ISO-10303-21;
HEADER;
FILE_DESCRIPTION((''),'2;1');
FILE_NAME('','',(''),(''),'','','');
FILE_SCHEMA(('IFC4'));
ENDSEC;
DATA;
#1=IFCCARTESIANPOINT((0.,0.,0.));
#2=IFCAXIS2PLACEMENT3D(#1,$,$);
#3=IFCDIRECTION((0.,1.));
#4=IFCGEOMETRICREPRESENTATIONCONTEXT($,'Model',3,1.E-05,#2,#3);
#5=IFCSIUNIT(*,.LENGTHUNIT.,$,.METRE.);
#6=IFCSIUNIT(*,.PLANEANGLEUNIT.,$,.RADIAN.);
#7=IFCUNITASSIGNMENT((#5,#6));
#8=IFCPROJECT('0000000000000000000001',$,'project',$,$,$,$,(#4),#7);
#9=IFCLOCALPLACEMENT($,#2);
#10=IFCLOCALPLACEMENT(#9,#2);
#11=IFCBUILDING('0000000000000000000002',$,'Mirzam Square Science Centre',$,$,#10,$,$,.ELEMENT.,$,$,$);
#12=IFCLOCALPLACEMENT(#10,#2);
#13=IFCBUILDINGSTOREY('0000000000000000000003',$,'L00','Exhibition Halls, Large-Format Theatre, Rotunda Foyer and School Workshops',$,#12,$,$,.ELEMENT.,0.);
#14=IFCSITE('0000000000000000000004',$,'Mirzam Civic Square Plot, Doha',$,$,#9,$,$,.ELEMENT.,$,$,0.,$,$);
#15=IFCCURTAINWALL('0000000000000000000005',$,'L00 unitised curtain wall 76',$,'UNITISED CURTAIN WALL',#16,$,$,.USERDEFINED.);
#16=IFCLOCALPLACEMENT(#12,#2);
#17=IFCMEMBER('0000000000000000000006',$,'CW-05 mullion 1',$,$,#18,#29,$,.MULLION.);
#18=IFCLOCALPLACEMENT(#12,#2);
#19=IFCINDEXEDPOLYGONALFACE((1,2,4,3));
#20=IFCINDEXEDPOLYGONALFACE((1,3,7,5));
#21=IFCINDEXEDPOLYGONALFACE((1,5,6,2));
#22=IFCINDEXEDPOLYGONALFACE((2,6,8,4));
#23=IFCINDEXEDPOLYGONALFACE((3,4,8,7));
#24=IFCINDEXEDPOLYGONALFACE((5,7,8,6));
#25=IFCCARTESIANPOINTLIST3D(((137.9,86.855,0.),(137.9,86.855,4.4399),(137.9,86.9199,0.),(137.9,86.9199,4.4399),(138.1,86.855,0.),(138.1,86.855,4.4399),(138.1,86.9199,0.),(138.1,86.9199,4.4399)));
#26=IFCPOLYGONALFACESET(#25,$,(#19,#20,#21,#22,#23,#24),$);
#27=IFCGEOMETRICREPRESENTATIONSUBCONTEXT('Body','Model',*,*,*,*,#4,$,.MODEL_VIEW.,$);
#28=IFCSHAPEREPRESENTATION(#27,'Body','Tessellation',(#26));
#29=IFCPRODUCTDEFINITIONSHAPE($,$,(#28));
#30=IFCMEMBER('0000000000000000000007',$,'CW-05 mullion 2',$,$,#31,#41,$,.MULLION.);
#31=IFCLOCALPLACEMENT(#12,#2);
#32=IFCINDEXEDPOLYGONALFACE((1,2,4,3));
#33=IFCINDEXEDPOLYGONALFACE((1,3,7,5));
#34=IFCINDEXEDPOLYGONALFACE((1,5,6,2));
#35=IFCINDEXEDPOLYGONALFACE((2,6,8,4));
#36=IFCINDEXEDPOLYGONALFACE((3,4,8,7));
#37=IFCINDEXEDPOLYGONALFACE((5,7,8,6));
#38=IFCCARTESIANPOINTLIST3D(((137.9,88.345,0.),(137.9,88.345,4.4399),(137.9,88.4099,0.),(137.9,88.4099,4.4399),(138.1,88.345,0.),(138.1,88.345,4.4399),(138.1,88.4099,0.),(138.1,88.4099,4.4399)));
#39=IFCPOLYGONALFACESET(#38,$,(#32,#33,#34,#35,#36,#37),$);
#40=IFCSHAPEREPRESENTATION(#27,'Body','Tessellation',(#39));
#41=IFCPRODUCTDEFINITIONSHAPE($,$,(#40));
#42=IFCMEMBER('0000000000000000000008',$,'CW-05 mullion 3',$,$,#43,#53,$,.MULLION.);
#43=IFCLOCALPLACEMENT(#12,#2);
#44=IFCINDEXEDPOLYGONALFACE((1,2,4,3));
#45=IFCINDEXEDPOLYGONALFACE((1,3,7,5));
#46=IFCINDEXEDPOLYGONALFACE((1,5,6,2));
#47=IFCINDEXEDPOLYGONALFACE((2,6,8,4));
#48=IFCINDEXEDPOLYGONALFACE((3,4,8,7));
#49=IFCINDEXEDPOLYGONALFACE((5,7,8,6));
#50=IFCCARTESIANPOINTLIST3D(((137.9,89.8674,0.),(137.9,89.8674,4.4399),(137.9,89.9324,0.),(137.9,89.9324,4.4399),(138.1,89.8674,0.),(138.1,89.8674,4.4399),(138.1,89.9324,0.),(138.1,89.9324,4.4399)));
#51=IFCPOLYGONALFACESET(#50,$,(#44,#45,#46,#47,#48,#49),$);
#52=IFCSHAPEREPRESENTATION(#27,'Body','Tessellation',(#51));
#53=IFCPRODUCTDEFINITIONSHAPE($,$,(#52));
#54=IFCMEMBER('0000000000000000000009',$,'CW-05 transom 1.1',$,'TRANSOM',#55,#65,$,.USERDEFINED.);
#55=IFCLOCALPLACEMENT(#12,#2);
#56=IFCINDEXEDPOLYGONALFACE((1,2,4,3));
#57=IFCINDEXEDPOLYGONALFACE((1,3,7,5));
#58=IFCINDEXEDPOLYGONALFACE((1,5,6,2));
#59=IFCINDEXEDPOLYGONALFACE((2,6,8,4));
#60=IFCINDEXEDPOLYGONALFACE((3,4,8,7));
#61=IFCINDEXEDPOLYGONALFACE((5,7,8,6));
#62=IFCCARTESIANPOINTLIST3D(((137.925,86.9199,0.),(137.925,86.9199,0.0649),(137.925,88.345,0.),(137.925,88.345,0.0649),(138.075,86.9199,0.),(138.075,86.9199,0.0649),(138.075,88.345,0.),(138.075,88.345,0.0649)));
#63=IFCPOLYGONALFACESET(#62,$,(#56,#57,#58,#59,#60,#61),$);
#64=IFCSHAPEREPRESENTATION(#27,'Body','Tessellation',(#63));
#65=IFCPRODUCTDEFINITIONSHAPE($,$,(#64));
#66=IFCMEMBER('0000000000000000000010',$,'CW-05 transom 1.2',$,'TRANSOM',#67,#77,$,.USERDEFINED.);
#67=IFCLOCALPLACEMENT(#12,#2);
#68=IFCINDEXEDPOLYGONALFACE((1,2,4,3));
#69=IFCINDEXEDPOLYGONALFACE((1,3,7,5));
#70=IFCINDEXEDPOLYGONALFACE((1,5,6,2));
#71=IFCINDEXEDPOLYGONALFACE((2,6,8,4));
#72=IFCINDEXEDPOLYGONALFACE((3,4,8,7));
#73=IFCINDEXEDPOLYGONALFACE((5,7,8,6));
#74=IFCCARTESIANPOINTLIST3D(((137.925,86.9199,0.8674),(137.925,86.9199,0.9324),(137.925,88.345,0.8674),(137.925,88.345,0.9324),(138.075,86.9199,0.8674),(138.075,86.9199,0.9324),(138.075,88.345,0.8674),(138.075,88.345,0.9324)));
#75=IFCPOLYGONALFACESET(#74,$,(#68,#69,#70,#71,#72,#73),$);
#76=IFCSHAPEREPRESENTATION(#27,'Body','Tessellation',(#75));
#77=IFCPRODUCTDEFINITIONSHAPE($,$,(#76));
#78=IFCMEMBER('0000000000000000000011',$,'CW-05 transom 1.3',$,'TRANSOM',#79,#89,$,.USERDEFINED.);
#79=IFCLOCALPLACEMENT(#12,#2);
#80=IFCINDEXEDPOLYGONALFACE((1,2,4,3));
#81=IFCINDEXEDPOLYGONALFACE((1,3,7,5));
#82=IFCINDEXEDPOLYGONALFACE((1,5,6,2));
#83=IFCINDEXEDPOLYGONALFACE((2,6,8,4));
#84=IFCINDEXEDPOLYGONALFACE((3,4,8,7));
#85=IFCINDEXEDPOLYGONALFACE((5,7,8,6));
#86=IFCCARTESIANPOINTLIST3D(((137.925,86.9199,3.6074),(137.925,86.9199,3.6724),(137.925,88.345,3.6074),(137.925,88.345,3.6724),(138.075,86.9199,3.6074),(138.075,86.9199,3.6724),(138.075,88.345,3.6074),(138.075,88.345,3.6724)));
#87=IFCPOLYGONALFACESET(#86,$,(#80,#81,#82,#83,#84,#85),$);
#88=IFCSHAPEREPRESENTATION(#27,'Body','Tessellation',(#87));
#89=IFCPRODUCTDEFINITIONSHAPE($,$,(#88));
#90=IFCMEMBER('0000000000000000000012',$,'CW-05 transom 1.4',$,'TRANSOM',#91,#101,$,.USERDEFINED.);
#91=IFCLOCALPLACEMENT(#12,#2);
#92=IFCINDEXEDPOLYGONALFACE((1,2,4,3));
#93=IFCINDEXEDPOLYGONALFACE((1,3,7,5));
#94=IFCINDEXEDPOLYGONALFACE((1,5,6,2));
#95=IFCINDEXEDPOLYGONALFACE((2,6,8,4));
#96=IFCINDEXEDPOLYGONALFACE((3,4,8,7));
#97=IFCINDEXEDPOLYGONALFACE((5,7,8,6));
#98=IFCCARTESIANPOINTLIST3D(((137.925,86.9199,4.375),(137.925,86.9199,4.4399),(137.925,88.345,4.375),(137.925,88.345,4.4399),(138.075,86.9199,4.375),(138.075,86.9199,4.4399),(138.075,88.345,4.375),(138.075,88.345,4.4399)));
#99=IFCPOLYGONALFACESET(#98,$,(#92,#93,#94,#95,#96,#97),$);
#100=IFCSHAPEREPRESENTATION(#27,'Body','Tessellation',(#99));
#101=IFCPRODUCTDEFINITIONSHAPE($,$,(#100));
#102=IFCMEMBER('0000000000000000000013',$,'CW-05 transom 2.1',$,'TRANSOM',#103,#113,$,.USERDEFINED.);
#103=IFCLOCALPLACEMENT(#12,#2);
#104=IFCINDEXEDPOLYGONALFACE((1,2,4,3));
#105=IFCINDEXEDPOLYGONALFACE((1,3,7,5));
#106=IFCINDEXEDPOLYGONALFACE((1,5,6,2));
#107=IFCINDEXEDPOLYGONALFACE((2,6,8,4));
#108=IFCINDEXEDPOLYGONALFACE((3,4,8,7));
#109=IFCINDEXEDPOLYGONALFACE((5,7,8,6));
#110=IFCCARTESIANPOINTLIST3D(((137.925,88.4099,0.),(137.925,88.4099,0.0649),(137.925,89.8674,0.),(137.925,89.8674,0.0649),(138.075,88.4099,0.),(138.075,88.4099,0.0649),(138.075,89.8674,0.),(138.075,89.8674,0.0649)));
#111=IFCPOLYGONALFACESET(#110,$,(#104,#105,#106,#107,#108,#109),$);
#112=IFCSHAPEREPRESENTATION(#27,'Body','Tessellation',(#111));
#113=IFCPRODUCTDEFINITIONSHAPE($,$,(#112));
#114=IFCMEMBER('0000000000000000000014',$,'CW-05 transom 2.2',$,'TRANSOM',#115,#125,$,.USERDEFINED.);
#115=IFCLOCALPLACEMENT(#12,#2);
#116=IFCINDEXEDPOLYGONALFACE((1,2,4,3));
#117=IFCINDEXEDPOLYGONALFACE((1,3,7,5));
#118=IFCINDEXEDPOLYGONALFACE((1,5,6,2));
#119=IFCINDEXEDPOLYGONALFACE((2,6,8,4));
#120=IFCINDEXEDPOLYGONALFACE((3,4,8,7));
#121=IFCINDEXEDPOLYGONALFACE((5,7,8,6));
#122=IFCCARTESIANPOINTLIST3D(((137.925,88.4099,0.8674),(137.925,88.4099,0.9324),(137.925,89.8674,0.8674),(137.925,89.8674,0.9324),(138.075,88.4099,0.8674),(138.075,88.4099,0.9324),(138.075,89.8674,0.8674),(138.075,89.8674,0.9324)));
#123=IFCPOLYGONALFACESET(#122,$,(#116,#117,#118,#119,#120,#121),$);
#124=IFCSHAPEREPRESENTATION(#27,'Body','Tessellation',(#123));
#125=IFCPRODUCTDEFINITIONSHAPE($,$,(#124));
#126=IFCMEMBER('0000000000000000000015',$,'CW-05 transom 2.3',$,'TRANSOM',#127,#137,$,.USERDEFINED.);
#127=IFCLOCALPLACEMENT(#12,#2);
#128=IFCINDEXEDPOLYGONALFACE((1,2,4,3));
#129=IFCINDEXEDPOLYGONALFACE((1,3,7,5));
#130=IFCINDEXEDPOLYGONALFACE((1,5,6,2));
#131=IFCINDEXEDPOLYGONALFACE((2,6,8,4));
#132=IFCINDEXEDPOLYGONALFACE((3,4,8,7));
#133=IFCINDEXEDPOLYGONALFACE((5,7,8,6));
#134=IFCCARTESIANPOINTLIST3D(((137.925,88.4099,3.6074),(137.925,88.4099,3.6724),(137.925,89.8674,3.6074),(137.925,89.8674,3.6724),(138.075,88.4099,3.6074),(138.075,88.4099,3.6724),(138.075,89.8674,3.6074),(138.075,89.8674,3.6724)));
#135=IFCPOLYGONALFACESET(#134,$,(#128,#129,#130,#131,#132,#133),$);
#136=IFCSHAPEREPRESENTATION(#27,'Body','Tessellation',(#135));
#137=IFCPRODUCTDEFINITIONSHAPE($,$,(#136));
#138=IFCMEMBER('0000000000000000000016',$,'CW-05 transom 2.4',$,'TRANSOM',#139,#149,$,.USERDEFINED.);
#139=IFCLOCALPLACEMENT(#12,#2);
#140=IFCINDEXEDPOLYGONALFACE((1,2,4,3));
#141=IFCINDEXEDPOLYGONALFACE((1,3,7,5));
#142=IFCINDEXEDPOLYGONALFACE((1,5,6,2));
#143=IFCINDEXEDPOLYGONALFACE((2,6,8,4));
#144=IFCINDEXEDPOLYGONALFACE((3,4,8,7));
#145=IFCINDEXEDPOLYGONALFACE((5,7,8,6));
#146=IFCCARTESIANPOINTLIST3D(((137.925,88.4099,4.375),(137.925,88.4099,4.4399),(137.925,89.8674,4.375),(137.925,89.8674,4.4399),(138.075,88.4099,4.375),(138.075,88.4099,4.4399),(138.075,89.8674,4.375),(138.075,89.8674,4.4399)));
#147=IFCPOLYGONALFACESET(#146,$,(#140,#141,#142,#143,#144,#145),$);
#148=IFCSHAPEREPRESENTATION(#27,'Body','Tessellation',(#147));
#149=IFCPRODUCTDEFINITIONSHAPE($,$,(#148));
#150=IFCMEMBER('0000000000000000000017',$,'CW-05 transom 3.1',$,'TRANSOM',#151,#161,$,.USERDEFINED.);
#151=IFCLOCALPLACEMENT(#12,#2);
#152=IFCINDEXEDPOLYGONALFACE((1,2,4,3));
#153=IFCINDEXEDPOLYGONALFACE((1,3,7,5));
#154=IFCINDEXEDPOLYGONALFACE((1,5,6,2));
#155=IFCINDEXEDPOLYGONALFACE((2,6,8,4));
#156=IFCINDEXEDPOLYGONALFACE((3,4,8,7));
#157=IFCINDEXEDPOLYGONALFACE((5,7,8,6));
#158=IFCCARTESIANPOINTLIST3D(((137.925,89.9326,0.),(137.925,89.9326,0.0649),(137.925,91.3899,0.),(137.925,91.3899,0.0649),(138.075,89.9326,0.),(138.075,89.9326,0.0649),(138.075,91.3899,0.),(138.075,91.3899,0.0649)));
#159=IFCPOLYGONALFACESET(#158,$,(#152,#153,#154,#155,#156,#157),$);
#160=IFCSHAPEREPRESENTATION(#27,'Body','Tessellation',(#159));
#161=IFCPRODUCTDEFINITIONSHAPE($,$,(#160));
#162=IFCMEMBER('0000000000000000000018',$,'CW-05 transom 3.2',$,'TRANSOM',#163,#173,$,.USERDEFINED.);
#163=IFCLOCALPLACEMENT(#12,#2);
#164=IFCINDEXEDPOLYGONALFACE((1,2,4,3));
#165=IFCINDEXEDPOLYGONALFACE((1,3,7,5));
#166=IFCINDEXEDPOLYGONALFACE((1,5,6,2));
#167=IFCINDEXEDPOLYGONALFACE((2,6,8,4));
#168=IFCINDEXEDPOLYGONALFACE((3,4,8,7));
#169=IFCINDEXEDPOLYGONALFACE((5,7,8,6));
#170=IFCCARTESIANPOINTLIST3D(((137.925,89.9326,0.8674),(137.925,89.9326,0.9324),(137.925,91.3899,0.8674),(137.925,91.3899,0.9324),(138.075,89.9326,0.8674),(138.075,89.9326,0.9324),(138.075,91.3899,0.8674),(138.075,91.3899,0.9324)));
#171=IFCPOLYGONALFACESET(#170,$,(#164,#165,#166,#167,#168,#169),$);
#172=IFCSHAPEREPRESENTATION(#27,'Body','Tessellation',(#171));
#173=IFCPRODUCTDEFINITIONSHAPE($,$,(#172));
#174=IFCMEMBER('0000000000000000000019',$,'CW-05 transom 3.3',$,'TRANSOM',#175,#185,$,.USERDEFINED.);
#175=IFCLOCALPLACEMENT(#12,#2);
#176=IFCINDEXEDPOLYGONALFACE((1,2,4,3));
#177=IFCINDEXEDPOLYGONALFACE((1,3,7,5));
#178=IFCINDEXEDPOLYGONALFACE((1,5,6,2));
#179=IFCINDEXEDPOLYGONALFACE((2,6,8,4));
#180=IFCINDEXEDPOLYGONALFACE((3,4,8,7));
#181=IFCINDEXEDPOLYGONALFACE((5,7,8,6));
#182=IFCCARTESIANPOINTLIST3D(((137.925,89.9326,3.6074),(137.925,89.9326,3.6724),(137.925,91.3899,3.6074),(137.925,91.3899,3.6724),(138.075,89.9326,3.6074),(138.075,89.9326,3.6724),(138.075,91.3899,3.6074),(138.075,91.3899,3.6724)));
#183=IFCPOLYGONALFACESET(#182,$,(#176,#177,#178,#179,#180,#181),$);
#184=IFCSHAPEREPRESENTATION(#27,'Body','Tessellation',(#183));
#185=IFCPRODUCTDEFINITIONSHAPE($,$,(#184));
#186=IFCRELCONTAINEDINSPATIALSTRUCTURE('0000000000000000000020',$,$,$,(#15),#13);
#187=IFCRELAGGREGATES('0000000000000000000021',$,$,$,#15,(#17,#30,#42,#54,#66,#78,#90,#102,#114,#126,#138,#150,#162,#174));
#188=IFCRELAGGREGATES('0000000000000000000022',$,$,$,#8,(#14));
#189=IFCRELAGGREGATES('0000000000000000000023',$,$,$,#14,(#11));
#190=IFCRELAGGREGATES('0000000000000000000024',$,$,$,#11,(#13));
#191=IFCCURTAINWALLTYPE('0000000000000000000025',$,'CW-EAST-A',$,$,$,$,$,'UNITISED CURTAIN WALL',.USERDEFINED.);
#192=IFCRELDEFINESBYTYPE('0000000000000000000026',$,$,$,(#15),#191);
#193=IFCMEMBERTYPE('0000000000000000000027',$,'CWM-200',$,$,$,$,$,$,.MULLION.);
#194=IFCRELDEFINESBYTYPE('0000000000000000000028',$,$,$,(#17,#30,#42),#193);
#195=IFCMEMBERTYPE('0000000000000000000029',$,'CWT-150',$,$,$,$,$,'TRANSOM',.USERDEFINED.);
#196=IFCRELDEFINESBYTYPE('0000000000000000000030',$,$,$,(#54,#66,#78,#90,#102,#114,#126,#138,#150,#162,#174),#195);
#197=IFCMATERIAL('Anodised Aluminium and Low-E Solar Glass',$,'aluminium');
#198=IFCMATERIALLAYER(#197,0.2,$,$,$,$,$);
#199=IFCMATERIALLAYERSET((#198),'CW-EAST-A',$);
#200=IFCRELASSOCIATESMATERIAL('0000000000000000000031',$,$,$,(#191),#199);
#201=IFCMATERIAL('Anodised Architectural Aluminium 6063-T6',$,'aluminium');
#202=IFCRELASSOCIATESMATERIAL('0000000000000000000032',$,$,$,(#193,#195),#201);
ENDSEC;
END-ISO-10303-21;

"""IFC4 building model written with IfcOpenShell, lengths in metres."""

from ifc_helpers import new_model, si_unit, direction, frame, origin, origin_2d, place, context, subcontext, project, spatial, rectangle, extrude, material, layer, layer_set, material_profile, profile_set, type_object, element, aggregate, save


model = new_model("IFC4")

# Units and contexts
model_context = context("Model", 3, precision=1e-05, world=origin(), true_north=direction((0.0, 1.0)))
body_context = subcontext(model_context, "Body", "Model", "MODEL_VIEW")
ifc_project = project(units=[si_unit("LENGTHUNIT", "METRE"), si_unit("PLANEANGLEUNIT", "RADIAN")], contexts=[model_context])

# Site, building, storey
site_placement = place(None, origin())
site = spatial("IfcSite", under=ifc_project, at=site_placement, Name="Mirzam Civic Square Plot, Doha", CompositionType="ELEMENT", RefElevation=0.0)
building_placement = place(site_placement, origin())
building = spatial("IfcBuilding", under=site, at=building_placement, Name="Mirzam Square Science Centre", CompositionType="ELEMENT")
storey_placement = place(building_placement, origin())
storey = spatial("IfcBuildingStorey", under=building, at=storey_placement, Name="L00", Description="Exhibition Halls, Large-Format Theatre, Rotunda Foyer and School Workshops", CompositionType="ELEMENT", Elevation=0.0)

# Curtain wall, members
ifc_material_1 = material(Name="Anodised Aluminium and Low-E Solar Glass", Category="aluminium")
ifc_layer_1 = layer(ifc_material_1, 0.2)
ifc_layer_set_1 = layer_set([ifc_layer_1], Name="CW-EAST-A")
curtain_wall_type = type_object("IfcCurtainWallType", Name="CW-EAST-A", ElementType="UNITISED CURTAIN WALL", PredefinedType="USERDEFINED", material=ifc_layer_set_1)
curtain_wall_placement = place(storey_placement, origin())
curtain_wall = element("IfcCurtainWall", 1, at=curtain_wall_placement, inside=storey, type_object=curtain_wall_type, Name="L00 unitised curtain wall 76", ObjectType="UNITISED CURTAIN WALL", PredefinedType="USERDEFINED")
ifc_material_2 = material(Name="Anodised Architectural Aluminium 6063-T6", Category="aluminium")
ifc_material_profile_1 = material_profile(ifc_material_2, rectangle(XDim=0.0649, YDim=0.2, at=origin_2d()), Name="ALU-MULL-200x65x5")
ifc_profile_set_1 = profile_set([ifc_material_profile_1], Name="Anodised Architectural Aluminium 6063-T6")
member_type_1 = type_object("IfcMemberType", Name="CWM-200", PredefinedType="MULLION", material=ifc_profile_set_1)
member_1_placement = place(storey_placement, frame((138.0, 86.8875, 0.0), z_axis=(0.0, 0.0, 1.0), x_axis=(0.0, 1.0, 0.0)))
member_1 = element("IfcMember", 2, at=member_1_placement, type_object=member_type_1, Name="CW-05 mullion 1", PredefinedType="MULLION", context=body_context, shape_type="SweptSolid", body=[
    extrude(rectangle(XDim=0.0649, YDim=0.2, at=origin_2d()), origin(), (0.0, 0.0, 1.0), 4.4399),
])
member_2_placement = place(storey_placement, frame((138.0, 88.3774, 0.0), z_axis=(0.0, 0.0, 1.0), x_axis=(0.0, 1.0, 0.0)))
member_2 = element("IfcMember", 3, at=member_2_placement, type_object=member_type_1, Name="CW-05 mullion 2", PredefinedType="MULLION", context=body_context, shape_type="SweptSolid", body=[
    extrude(rectangle(XDim=0.0649, YDim=0.2, at=origin_2d()), origin(), (0.0, 0.0, 1.0), 4.4399),
])
member_3_placement = place(storey_placement, frame((138.0, 89.8999, 0.0), z_axis=(0.0, 0.0, 1.0), x_axis=(0.0, 1.0, 0.0)))
member_3 = element("IfcMember", 4, at=member_3_placement, type_object=member_type_1, Name="CW-05 mullion 3", PredefinedType="MULLION", context=body_context, shape_type="SweptSolid", body=[
    extrude(rectangle(XDim=0.0649, YDim=0.2, at=origin_2d()), origin(), (0.0, 0.0, 1.0), 4.4399),
])
ifc_material_profile_2 = material_profile(ifc_material_2, rectangle(XDim=0.1499, YDim=0.0649, at=origin_2d()), Name="ALU-TRAN-150x65x4")
ifc_profile_set_2 = profile_set([ifc_material_profile_2], Name="Anodised Architectural Aluminium 6063-T6")
member_type_2 = type_object("IfcMemberType", Name="CWT-150", ElementType="TRANSOM", PredefinedType="USERDEFINED", material=ifc_profile_set_2)
member_4_placement = place(storey_placement, frame((138.0, 86.9199, 0.0325), z_axis=(0.0, 1.0, 0.0), x_axis=(-1.0, 0.0, 0.0)))
member_4 = element("IfcMember", 5, at=member_4_placement, type_object=member_type_2, Name="CW-05 transom 1.1", ObjectType="TRANSOM", PredefinedType="USERDEFINED", context=body_context, shape_type="SweptSolid", body=[
    extrude(rectangle(XDim=0.1499, YDim=0.0649, at=origin_2d()), origin(), (0.0, 0.0, 1.0), 1.425),
])
member_5_placement = place(storey_placement, frame((138.0, 86.9199, 0.8999), z_axis=(0.0, 1.0, 0.0), x_axis=(-1.0, 0.0, 0.0)))
member_5 = element("IfcMember", 6, at=member_5_placement, type_object=member_type_2, Name="CW-05 transom 1.2", ObjectType="TRANSOM", PredefinedType="USERDEFINED", context=body_context, shape_type="SweptSolid", body=[
    extrude(rectangle(XDim=0.1499, YDim=0.0649, at=origin_2d()), origin(), (0.0, 0.0, 1.0), 1.425),
])
member_6_placement = place(storey_placement, frame((138.0, 86.9199, 3.6399), z_axis=(0.0, 1.0, 0.0), x_axis=(-1.0, 0.0, 0.0)))
member_6 = element("IfcMember", 7, at=member_6_placement, type_object=member_type_2, Name="CW-05 transom 1.3", ObjectType="TRANSOM", PredefinedType="USERDEFINED", context=body_context, shape_type="SweptSolid", body=[
    extrude(rectangle(XDim=0.1499, YDim=0.0649, at=origin_2d()), origin(), (0.0, 0.0, 1.0), 1.425),
])
member_7_placement = place(storey_placement, frame((138.0, 86.9199, 4.4075), z_axis=(0.0, 1.0, 0.0), x_axis=(-1.0, 0.0, 0.0)))
member_7 = element("IfcMember", 8, at=member_7_placement, type_object=member_type_2, Name="CW-05 transom 1.4", ObjectType="TRANSOM", PredefinedType="USERDEFINED", context=body_context, shape_type="SweptSolid", body=[
    extrude(rectangle(XDim=0.1499, YDim=0.0649, at=origin_2d()), origin(), (0.0, 0.0, 1.0), 1.425),
])
member_8_placement = place(storey_placement, frame((138.0, 88.4099, 0.0325), z_axis=(0.0, 1.0, 0.0), x_axis=(-1.0, 0.0, 0.0)))
member_8 = element("IfcMember", 9, at=member_8_placement, type_object=member_type_2, Name="CW-05 transom 2.1", ObjectType="TRANSOM", PredefinedType="USERDEFINED", context=body_context, shape_type="SweptSolid", body=[
    extrude(rectangle(XDim=0.1499, YDim=0.0649, at=origin_2d()), origin(), (0.0, 0.0, 1.0), 1.4575),
])
member_9_placement = place(storey_placement, frame((138.0, 88.4099, 0.8999), z_axis=(0.0, 1.0, 0.0), x_axis=(-1.0, 0.0, 0.0)))
member_9 = element("IfcMember", 10, at=member_9_placement, type_object=member_type_2, Name="CW-05 transom 2.2", ObjectType="TRANSOM", PredefinedType="USERDEFINED", context=body_context, shape_type="SweptSolid", body=[
    extrude(rectangle(XDim=0.1499, YDim=0.0649, at=origin_2d()), origin(), (0.0, 0.0, 1.0), 1.4575),
])
member_10_placement = place(storey_placement, frame((138.0, 88.4099, 3.6399), z_axis=(0.0, 1.0, 0.0), x_axis=(-1.0, 0.0, 0.0)))
member_10 = element("IfcMember", 11, at=member_10_placement, type_object=member_type_2, Name="CW-05 transom 2.3", ObjectType="TRANSOM", PredefinedType="USERDEFINED", context=body_context, shape_type="SweptSolid", body=[
    extrude(rectangle(XDim=0.1499, YDim=0.0649, at=origin_2d()), origin(), (0.0, 0.0, 1.0), 1.4575),
])
member_11_placement = place(storey_placement, frame((138.0, 88.4099, 4.4075), z_axis=(0.0, 1.0, 0.0), x_axis=(-1.0, 0.0, 0.0)))
member_11 = element("IfcMember", 12, at=member_11_placement, type_object=member_type_2, Name="CW-05 transom 2.4", ObjectType="TRANSOM", PredefinedType="USERDEFINED", context=body_context, shape_type="SweptSolid", body=[
    extrude(rectangle(XDim=0.1499, YDim=0.0649, at=origin_2d()), origin(), (0.0, 0.0, 1.0), 1.4575),
])
member_12_placement = place(storey_placement, frame((138.0, 89.9326, 0.0325), z_axis=(0.0, 1.0, 0.0), x_axis=(-1.0, 0.0, 0.0)))
member_12 = element("IfcMember", 13, at=member_12_placement, type_object=member_type_2, Name="CW-05 transom 3.1", ObjectType="TRANSOM", PredefinedType="USERDEFINED", context=body_context, shape_type="SweptSolid", body=[
    extrude(rectangle(XDim=0.1499, YDim=0.0649, at=origin_2d()), origin(), (0.0, 0.0, 1.0), 1.4573),
])
member_13_placement = place(storey_placement, frame((138.0, 89.9326, 0.8999), z_axis=(0.0, 1.0, 0.0), x_axis=(-1.0, 0.0, 0.0)))
member_13 = element("IfcMember", 14, at=member_13_placement, type_object=member_type_2, Name="CW-05 transom 3.2", ObjectType="TRANSOM", PredefinedType="USERDEFINED", context=body_context, shape_type="SweptSolid", body=[
    extrude(rectangle(XDim=0.1499, YDim=0.0649, at=origin_2d()), origin(), (0.0, 0.0, 1.0), 1.4573),
])
member_14_placement = place(storey_placement, frame((138.0, 89.9326, 3.6399), z_axis=(0.0, 1.0, 0.0), x_axis=(-1.0, 0.0, 0.0)))
member_14 = element("IfcMember", 15, at=member_14_placement, type_object=member_type_2, Name="CW-05 transom 3.3", ObjectType="TRANSOM", PredefinedType="USERDEFINED", context=body_context, shape_type="SweptSolid", body=[
    extrude(rectangle(XDim=0.1499, YDim=0.0649, at=origin_2d()), origin(), (0.0, 0.0, 1.0), 1.4573),
])

aggregate(curtain_wall, [member_1, member_2, member_3, member_4, member_5, member_6, member_7, member_8, member_9, member_10, member_11, member_12, member_13, member_14])

save(model, "model.ifc")
